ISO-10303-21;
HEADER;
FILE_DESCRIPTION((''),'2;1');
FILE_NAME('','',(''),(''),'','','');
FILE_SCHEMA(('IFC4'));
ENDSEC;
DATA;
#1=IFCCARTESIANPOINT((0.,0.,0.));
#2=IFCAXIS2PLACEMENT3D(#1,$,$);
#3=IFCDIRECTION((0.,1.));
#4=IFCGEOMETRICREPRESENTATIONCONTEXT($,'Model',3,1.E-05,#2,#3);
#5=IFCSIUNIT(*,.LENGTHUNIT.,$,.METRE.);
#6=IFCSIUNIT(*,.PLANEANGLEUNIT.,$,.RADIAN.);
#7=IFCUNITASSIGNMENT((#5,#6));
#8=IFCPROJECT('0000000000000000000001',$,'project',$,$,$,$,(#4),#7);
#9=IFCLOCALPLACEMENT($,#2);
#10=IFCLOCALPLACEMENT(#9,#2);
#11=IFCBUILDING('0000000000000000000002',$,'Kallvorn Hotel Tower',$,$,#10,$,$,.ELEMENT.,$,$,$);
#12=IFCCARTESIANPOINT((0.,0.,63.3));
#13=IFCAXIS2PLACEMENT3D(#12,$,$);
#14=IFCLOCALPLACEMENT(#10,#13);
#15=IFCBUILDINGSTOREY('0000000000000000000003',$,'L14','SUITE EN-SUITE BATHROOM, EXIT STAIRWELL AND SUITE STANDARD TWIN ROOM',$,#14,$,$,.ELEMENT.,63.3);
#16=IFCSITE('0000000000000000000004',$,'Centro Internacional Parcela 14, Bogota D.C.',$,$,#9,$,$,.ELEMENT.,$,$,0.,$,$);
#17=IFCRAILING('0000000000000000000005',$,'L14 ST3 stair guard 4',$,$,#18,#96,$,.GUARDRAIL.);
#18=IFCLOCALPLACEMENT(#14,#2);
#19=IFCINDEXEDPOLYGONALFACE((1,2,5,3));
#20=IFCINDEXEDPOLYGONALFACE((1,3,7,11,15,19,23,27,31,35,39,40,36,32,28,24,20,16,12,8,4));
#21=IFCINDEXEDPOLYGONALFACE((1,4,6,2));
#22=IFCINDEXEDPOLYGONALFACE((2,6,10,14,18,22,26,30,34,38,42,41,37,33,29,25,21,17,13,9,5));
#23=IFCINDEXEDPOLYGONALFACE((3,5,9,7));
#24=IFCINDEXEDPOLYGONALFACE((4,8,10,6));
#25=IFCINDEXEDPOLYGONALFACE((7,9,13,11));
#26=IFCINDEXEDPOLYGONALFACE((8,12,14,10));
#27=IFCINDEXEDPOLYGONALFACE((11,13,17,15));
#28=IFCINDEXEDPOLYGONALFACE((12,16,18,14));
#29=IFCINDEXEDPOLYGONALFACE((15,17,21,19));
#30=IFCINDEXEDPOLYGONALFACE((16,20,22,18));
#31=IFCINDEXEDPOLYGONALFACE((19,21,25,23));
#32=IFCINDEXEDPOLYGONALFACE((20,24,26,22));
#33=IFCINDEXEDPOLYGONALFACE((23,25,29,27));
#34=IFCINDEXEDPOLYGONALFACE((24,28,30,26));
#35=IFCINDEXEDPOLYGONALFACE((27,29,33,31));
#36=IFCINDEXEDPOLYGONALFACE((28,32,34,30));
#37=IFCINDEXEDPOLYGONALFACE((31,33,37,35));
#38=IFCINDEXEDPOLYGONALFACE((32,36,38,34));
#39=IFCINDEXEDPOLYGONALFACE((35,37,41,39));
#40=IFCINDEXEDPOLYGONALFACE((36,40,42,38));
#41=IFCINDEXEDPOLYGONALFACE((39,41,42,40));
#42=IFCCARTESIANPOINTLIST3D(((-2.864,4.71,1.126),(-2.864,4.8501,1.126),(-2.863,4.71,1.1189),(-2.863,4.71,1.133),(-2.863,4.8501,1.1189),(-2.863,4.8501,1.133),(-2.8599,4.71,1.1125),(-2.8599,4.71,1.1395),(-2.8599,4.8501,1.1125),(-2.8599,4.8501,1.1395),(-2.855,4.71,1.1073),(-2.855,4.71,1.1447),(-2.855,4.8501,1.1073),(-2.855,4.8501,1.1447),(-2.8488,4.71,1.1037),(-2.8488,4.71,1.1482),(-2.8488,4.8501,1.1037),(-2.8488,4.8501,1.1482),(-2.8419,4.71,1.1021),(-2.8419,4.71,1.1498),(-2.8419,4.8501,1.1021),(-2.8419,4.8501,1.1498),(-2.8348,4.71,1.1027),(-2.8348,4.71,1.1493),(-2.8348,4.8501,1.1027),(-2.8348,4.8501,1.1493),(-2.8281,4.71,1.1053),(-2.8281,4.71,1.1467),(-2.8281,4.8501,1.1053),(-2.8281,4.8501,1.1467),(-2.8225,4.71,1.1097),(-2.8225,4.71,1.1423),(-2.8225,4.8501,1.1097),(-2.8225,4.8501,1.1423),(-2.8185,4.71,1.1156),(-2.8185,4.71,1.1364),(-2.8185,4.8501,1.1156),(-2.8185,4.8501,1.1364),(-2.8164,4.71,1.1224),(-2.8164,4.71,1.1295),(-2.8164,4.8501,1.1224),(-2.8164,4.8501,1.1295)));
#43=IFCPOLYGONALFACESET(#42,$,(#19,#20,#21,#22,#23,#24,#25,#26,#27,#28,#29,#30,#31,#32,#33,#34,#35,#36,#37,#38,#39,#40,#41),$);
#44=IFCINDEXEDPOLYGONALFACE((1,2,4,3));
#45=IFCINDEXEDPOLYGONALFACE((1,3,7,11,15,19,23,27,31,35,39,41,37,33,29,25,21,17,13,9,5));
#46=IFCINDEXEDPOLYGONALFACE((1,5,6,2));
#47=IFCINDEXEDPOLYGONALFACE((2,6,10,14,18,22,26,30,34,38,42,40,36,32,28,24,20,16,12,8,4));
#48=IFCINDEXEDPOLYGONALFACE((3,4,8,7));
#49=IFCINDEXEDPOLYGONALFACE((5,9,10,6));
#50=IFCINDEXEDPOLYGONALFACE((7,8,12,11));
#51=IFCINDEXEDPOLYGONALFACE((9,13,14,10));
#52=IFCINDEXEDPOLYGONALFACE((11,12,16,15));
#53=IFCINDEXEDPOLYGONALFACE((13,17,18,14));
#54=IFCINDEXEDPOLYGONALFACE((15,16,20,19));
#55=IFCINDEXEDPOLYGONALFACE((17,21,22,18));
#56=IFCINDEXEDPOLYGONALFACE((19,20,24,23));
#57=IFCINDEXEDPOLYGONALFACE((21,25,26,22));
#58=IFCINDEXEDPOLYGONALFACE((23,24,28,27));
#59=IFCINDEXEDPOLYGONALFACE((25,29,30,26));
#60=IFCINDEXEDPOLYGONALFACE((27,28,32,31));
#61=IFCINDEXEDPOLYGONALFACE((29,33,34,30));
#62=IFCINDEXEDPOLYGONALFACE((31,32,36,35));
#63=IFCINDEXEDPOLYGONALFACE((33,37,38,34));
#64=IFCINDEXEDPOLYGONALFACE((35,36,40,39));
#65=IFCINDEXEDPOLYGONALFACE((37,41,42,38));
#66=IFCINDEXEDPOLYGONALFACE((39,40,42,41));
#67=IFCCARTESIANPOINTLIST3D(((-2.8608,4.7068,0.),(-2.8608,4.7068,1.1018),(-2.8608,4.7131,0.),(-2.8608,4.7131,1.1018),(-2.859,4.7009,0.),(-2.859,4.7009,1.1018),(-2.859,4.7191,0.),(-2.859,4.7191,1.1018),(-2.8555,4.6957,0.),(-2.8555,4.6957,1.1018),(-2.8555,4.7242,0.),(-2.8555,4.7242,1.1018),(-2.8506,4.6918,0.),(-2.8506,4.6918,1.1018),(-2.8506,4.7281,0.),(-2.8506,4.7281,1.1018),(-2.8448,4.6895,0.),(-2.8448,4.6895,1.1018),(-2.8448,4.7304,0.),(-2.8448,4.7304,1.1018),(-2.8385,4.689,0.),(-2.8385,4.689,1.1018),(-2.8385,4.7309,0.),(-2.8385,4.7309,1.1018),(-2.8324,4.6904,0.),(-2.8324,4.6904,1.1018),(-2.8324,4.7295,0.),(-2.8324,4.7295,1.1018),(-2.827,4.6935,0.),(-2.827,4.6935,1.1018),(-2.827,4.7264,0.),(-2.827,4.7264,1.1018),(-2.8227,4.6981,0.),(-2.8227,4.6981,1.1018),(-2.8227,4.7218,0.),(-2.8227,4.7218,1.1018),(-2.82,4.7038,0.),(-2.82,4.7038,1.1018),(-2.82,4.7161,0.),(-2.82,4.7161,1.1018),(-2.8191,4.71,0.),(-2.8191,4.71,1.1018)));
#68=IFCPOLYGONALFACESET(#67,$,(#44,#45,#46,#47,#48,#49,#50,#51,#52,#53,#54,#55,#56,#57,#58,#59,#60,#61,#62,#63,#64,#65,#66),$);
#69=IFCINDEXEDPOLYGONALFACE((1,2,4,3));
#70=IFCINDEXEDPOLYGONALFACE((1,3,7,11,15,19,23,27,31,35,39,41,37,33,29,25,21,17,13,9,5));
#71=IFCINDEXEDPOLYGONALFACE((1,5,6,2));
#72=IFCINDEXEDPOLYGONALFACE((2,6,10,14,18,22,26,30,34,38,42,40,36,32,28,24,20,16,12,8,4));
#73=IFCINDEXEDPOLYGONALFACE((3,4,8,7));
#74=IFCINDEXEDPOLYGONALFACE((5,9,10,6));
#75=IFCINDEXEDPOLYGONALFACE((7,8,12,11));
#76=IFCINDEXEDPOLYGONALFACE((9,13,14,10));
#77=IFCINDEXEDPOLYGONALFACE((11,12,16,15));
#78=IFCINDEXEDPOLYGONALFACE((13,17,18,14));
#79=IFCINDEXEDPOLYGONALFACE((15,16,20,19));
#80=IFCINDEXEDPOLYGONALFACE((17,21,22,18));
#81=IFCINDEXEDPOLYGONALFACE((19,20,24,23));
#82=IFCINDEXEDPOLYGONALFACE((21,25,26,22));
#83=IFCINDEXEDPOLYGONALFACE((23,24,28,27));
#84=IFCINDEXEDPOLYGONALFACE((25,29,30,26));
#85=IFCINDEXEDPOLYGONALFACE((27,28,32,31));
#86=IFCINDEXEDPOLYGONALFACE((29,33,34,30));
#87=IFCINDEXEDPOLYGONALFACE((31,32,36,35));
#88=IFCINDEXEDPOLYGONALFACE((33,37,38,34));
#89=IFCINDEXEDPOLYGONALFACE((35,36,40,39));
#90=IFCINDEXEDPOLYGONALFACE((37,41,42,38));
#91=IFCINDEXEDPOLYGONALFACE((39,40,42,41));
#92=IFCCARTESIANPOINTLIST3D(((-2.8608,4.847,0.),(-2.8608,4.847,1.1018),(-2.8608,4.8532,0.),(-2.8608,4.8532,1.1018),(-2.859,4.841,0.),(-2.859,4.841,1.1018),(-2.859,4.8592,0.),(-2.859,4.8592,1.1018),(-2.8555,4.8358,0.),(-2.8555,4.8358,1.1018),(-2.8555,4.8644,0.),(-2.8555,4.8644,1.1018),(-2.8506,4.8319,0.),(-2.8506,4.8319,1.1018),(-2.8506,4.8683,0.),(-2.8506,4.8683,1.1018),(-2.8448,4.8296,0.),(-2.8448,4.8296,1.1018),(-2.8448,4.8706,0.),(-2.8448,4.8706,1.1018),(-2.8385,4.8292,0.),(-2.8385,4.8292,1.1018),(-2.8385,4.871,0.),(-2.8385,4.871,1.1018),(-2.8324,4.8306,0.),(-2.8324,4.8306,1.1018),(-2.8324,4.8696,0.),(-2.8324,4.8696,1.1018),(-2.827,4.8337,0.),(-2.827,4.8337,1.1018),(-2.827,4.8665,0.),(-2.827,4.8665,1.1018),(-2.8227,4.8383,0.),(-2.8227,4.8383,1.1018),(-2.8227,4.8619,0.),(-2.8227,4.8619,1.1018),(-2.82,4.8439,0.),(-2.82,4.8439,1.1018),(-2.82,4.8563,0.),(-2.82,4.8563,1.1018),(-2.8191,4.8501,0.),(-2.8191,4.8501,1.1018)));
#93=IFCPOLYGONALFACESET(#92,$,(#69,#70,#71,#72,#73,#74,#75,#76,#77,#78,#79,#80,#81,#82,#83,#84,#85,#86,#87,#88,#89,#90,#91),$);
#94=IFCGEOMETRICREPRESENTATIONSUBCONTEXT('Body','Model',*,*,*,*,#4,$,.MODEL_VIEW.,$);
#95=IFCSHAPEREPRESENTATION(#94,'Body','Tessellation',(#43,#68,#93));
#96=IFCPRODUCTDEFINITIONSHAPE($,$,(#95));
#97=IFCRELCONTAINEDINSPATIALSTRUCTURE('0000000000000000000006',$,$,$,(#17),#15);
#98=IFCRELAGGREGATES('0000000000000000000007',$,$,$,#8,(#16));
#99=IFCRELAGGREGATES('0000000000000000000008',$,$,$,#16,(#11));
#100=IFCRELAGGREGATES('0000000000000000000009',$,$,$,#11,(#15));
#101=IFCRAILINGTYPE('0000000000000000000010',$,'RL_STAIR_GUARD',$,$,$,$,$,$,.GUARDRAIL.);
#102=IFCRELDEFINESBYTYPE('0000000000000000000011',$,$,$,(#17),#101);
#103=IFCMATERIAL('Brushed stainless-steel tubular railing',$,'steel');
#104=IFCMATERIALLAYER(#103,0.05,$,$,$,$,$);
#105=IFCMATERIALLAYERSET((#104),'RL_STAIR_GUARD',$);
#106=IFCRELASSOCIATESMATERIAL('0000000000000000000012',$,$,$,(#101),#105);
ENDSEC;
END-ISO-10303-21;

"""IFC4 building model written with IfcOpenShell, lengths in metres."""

from ifc_helpers import new_model, si_unit, direction, frame, origin, origin_2d, place, context, subcontext, project, spatial, circle, extrude, material, layer, layer_set, type_object, element, save


model = new_model("IFC4")

# Units and contexts
model_context = context("Model", 3, precision=1e-05, world=origin(), true_north=direction((0.0, 1.0)))
body_context = subcontext(model_context, "Body", "Model", "MODEL_VIEW")
ifc_project = project(units=[si_unit("LENGTHUNIT", "METRE"), si_unit("PLANEANGLEUNIT", "RADIAN")], contexts=[model_context])

# Site, building, storey
site_placement = place(None, origin())
site = spatial("IfcSite", under=ifc_project, at=site_placement, Name="Centro Internacional Parcela 14, Bogota D.C.", CompositionType="ELEMENT", RefElevation=0.0)
building_placement = place(site_placement, origin())
building = spatial("IfcBuilding", under=site, at=building_placement, Name="Kallvorn Hotel Tower", CompositionType="ELEMENT")
storey_placement = place(building_placement, frame((0.0, 0.0, 63.3)))
storey = spatial("IfcBuildingStorey", under=building, at=storey_placement, Name="L14", Description="SUITE EN-SUITE BATHROOM, EXIT STAIRWELL AND SUITE STANDARD TWIN ROOM", CompositionType="ELEMENT", Elevation=63.3)

# Railing
ifc_material_1 = material(Name="Brushed stainless-steel tubular railing", Category="steel")
ifc_layer_1 = layer(ifc_material_1, 0.05)
ifc_layer_set_1 = layer_set([ifc_layer_1], Name="RL_STAIR_GUARD")
railing_type_1 = type_object("IfcRailingType", Name="RL_STAIR_GUARD", PredefinedType="GUARDRAIL", material=ifc_layer_set_1)
railing_1_placement = place(storey_placement, frame((-2.8401, 4.71, 0.0)))
element("IfcRailing", 1, at=railing_1_placement, inside=storey, type_object=railing_type_1, Name="L14 ST3 stair guard 4", PredefinedType="GUARDRAIL", context=body_context, shape_type="SweptSolid", body=[
    extrude(circle(Radius=0.0239, at=origin_2d()), frame((0.0, 0.0, 1.126), z_axis=(0.0, 1.0, 0.0), x_axis=(-1.0, 0.0, 0.0)), (0.0, 0.0, 1.0), 0.1401),
    extrude(circle(Radius=0.021, at=origin_2d()), origin(), (0.0, 0.0, 1.0), 1.1018),
    extrude(circle(Radius=0.021, at=origin_2d()), frame((0.0, 0.1401, 0.0)), (0.0, 0.0, 1.0), 1.1018),
])

save(model, "model.ifc")
